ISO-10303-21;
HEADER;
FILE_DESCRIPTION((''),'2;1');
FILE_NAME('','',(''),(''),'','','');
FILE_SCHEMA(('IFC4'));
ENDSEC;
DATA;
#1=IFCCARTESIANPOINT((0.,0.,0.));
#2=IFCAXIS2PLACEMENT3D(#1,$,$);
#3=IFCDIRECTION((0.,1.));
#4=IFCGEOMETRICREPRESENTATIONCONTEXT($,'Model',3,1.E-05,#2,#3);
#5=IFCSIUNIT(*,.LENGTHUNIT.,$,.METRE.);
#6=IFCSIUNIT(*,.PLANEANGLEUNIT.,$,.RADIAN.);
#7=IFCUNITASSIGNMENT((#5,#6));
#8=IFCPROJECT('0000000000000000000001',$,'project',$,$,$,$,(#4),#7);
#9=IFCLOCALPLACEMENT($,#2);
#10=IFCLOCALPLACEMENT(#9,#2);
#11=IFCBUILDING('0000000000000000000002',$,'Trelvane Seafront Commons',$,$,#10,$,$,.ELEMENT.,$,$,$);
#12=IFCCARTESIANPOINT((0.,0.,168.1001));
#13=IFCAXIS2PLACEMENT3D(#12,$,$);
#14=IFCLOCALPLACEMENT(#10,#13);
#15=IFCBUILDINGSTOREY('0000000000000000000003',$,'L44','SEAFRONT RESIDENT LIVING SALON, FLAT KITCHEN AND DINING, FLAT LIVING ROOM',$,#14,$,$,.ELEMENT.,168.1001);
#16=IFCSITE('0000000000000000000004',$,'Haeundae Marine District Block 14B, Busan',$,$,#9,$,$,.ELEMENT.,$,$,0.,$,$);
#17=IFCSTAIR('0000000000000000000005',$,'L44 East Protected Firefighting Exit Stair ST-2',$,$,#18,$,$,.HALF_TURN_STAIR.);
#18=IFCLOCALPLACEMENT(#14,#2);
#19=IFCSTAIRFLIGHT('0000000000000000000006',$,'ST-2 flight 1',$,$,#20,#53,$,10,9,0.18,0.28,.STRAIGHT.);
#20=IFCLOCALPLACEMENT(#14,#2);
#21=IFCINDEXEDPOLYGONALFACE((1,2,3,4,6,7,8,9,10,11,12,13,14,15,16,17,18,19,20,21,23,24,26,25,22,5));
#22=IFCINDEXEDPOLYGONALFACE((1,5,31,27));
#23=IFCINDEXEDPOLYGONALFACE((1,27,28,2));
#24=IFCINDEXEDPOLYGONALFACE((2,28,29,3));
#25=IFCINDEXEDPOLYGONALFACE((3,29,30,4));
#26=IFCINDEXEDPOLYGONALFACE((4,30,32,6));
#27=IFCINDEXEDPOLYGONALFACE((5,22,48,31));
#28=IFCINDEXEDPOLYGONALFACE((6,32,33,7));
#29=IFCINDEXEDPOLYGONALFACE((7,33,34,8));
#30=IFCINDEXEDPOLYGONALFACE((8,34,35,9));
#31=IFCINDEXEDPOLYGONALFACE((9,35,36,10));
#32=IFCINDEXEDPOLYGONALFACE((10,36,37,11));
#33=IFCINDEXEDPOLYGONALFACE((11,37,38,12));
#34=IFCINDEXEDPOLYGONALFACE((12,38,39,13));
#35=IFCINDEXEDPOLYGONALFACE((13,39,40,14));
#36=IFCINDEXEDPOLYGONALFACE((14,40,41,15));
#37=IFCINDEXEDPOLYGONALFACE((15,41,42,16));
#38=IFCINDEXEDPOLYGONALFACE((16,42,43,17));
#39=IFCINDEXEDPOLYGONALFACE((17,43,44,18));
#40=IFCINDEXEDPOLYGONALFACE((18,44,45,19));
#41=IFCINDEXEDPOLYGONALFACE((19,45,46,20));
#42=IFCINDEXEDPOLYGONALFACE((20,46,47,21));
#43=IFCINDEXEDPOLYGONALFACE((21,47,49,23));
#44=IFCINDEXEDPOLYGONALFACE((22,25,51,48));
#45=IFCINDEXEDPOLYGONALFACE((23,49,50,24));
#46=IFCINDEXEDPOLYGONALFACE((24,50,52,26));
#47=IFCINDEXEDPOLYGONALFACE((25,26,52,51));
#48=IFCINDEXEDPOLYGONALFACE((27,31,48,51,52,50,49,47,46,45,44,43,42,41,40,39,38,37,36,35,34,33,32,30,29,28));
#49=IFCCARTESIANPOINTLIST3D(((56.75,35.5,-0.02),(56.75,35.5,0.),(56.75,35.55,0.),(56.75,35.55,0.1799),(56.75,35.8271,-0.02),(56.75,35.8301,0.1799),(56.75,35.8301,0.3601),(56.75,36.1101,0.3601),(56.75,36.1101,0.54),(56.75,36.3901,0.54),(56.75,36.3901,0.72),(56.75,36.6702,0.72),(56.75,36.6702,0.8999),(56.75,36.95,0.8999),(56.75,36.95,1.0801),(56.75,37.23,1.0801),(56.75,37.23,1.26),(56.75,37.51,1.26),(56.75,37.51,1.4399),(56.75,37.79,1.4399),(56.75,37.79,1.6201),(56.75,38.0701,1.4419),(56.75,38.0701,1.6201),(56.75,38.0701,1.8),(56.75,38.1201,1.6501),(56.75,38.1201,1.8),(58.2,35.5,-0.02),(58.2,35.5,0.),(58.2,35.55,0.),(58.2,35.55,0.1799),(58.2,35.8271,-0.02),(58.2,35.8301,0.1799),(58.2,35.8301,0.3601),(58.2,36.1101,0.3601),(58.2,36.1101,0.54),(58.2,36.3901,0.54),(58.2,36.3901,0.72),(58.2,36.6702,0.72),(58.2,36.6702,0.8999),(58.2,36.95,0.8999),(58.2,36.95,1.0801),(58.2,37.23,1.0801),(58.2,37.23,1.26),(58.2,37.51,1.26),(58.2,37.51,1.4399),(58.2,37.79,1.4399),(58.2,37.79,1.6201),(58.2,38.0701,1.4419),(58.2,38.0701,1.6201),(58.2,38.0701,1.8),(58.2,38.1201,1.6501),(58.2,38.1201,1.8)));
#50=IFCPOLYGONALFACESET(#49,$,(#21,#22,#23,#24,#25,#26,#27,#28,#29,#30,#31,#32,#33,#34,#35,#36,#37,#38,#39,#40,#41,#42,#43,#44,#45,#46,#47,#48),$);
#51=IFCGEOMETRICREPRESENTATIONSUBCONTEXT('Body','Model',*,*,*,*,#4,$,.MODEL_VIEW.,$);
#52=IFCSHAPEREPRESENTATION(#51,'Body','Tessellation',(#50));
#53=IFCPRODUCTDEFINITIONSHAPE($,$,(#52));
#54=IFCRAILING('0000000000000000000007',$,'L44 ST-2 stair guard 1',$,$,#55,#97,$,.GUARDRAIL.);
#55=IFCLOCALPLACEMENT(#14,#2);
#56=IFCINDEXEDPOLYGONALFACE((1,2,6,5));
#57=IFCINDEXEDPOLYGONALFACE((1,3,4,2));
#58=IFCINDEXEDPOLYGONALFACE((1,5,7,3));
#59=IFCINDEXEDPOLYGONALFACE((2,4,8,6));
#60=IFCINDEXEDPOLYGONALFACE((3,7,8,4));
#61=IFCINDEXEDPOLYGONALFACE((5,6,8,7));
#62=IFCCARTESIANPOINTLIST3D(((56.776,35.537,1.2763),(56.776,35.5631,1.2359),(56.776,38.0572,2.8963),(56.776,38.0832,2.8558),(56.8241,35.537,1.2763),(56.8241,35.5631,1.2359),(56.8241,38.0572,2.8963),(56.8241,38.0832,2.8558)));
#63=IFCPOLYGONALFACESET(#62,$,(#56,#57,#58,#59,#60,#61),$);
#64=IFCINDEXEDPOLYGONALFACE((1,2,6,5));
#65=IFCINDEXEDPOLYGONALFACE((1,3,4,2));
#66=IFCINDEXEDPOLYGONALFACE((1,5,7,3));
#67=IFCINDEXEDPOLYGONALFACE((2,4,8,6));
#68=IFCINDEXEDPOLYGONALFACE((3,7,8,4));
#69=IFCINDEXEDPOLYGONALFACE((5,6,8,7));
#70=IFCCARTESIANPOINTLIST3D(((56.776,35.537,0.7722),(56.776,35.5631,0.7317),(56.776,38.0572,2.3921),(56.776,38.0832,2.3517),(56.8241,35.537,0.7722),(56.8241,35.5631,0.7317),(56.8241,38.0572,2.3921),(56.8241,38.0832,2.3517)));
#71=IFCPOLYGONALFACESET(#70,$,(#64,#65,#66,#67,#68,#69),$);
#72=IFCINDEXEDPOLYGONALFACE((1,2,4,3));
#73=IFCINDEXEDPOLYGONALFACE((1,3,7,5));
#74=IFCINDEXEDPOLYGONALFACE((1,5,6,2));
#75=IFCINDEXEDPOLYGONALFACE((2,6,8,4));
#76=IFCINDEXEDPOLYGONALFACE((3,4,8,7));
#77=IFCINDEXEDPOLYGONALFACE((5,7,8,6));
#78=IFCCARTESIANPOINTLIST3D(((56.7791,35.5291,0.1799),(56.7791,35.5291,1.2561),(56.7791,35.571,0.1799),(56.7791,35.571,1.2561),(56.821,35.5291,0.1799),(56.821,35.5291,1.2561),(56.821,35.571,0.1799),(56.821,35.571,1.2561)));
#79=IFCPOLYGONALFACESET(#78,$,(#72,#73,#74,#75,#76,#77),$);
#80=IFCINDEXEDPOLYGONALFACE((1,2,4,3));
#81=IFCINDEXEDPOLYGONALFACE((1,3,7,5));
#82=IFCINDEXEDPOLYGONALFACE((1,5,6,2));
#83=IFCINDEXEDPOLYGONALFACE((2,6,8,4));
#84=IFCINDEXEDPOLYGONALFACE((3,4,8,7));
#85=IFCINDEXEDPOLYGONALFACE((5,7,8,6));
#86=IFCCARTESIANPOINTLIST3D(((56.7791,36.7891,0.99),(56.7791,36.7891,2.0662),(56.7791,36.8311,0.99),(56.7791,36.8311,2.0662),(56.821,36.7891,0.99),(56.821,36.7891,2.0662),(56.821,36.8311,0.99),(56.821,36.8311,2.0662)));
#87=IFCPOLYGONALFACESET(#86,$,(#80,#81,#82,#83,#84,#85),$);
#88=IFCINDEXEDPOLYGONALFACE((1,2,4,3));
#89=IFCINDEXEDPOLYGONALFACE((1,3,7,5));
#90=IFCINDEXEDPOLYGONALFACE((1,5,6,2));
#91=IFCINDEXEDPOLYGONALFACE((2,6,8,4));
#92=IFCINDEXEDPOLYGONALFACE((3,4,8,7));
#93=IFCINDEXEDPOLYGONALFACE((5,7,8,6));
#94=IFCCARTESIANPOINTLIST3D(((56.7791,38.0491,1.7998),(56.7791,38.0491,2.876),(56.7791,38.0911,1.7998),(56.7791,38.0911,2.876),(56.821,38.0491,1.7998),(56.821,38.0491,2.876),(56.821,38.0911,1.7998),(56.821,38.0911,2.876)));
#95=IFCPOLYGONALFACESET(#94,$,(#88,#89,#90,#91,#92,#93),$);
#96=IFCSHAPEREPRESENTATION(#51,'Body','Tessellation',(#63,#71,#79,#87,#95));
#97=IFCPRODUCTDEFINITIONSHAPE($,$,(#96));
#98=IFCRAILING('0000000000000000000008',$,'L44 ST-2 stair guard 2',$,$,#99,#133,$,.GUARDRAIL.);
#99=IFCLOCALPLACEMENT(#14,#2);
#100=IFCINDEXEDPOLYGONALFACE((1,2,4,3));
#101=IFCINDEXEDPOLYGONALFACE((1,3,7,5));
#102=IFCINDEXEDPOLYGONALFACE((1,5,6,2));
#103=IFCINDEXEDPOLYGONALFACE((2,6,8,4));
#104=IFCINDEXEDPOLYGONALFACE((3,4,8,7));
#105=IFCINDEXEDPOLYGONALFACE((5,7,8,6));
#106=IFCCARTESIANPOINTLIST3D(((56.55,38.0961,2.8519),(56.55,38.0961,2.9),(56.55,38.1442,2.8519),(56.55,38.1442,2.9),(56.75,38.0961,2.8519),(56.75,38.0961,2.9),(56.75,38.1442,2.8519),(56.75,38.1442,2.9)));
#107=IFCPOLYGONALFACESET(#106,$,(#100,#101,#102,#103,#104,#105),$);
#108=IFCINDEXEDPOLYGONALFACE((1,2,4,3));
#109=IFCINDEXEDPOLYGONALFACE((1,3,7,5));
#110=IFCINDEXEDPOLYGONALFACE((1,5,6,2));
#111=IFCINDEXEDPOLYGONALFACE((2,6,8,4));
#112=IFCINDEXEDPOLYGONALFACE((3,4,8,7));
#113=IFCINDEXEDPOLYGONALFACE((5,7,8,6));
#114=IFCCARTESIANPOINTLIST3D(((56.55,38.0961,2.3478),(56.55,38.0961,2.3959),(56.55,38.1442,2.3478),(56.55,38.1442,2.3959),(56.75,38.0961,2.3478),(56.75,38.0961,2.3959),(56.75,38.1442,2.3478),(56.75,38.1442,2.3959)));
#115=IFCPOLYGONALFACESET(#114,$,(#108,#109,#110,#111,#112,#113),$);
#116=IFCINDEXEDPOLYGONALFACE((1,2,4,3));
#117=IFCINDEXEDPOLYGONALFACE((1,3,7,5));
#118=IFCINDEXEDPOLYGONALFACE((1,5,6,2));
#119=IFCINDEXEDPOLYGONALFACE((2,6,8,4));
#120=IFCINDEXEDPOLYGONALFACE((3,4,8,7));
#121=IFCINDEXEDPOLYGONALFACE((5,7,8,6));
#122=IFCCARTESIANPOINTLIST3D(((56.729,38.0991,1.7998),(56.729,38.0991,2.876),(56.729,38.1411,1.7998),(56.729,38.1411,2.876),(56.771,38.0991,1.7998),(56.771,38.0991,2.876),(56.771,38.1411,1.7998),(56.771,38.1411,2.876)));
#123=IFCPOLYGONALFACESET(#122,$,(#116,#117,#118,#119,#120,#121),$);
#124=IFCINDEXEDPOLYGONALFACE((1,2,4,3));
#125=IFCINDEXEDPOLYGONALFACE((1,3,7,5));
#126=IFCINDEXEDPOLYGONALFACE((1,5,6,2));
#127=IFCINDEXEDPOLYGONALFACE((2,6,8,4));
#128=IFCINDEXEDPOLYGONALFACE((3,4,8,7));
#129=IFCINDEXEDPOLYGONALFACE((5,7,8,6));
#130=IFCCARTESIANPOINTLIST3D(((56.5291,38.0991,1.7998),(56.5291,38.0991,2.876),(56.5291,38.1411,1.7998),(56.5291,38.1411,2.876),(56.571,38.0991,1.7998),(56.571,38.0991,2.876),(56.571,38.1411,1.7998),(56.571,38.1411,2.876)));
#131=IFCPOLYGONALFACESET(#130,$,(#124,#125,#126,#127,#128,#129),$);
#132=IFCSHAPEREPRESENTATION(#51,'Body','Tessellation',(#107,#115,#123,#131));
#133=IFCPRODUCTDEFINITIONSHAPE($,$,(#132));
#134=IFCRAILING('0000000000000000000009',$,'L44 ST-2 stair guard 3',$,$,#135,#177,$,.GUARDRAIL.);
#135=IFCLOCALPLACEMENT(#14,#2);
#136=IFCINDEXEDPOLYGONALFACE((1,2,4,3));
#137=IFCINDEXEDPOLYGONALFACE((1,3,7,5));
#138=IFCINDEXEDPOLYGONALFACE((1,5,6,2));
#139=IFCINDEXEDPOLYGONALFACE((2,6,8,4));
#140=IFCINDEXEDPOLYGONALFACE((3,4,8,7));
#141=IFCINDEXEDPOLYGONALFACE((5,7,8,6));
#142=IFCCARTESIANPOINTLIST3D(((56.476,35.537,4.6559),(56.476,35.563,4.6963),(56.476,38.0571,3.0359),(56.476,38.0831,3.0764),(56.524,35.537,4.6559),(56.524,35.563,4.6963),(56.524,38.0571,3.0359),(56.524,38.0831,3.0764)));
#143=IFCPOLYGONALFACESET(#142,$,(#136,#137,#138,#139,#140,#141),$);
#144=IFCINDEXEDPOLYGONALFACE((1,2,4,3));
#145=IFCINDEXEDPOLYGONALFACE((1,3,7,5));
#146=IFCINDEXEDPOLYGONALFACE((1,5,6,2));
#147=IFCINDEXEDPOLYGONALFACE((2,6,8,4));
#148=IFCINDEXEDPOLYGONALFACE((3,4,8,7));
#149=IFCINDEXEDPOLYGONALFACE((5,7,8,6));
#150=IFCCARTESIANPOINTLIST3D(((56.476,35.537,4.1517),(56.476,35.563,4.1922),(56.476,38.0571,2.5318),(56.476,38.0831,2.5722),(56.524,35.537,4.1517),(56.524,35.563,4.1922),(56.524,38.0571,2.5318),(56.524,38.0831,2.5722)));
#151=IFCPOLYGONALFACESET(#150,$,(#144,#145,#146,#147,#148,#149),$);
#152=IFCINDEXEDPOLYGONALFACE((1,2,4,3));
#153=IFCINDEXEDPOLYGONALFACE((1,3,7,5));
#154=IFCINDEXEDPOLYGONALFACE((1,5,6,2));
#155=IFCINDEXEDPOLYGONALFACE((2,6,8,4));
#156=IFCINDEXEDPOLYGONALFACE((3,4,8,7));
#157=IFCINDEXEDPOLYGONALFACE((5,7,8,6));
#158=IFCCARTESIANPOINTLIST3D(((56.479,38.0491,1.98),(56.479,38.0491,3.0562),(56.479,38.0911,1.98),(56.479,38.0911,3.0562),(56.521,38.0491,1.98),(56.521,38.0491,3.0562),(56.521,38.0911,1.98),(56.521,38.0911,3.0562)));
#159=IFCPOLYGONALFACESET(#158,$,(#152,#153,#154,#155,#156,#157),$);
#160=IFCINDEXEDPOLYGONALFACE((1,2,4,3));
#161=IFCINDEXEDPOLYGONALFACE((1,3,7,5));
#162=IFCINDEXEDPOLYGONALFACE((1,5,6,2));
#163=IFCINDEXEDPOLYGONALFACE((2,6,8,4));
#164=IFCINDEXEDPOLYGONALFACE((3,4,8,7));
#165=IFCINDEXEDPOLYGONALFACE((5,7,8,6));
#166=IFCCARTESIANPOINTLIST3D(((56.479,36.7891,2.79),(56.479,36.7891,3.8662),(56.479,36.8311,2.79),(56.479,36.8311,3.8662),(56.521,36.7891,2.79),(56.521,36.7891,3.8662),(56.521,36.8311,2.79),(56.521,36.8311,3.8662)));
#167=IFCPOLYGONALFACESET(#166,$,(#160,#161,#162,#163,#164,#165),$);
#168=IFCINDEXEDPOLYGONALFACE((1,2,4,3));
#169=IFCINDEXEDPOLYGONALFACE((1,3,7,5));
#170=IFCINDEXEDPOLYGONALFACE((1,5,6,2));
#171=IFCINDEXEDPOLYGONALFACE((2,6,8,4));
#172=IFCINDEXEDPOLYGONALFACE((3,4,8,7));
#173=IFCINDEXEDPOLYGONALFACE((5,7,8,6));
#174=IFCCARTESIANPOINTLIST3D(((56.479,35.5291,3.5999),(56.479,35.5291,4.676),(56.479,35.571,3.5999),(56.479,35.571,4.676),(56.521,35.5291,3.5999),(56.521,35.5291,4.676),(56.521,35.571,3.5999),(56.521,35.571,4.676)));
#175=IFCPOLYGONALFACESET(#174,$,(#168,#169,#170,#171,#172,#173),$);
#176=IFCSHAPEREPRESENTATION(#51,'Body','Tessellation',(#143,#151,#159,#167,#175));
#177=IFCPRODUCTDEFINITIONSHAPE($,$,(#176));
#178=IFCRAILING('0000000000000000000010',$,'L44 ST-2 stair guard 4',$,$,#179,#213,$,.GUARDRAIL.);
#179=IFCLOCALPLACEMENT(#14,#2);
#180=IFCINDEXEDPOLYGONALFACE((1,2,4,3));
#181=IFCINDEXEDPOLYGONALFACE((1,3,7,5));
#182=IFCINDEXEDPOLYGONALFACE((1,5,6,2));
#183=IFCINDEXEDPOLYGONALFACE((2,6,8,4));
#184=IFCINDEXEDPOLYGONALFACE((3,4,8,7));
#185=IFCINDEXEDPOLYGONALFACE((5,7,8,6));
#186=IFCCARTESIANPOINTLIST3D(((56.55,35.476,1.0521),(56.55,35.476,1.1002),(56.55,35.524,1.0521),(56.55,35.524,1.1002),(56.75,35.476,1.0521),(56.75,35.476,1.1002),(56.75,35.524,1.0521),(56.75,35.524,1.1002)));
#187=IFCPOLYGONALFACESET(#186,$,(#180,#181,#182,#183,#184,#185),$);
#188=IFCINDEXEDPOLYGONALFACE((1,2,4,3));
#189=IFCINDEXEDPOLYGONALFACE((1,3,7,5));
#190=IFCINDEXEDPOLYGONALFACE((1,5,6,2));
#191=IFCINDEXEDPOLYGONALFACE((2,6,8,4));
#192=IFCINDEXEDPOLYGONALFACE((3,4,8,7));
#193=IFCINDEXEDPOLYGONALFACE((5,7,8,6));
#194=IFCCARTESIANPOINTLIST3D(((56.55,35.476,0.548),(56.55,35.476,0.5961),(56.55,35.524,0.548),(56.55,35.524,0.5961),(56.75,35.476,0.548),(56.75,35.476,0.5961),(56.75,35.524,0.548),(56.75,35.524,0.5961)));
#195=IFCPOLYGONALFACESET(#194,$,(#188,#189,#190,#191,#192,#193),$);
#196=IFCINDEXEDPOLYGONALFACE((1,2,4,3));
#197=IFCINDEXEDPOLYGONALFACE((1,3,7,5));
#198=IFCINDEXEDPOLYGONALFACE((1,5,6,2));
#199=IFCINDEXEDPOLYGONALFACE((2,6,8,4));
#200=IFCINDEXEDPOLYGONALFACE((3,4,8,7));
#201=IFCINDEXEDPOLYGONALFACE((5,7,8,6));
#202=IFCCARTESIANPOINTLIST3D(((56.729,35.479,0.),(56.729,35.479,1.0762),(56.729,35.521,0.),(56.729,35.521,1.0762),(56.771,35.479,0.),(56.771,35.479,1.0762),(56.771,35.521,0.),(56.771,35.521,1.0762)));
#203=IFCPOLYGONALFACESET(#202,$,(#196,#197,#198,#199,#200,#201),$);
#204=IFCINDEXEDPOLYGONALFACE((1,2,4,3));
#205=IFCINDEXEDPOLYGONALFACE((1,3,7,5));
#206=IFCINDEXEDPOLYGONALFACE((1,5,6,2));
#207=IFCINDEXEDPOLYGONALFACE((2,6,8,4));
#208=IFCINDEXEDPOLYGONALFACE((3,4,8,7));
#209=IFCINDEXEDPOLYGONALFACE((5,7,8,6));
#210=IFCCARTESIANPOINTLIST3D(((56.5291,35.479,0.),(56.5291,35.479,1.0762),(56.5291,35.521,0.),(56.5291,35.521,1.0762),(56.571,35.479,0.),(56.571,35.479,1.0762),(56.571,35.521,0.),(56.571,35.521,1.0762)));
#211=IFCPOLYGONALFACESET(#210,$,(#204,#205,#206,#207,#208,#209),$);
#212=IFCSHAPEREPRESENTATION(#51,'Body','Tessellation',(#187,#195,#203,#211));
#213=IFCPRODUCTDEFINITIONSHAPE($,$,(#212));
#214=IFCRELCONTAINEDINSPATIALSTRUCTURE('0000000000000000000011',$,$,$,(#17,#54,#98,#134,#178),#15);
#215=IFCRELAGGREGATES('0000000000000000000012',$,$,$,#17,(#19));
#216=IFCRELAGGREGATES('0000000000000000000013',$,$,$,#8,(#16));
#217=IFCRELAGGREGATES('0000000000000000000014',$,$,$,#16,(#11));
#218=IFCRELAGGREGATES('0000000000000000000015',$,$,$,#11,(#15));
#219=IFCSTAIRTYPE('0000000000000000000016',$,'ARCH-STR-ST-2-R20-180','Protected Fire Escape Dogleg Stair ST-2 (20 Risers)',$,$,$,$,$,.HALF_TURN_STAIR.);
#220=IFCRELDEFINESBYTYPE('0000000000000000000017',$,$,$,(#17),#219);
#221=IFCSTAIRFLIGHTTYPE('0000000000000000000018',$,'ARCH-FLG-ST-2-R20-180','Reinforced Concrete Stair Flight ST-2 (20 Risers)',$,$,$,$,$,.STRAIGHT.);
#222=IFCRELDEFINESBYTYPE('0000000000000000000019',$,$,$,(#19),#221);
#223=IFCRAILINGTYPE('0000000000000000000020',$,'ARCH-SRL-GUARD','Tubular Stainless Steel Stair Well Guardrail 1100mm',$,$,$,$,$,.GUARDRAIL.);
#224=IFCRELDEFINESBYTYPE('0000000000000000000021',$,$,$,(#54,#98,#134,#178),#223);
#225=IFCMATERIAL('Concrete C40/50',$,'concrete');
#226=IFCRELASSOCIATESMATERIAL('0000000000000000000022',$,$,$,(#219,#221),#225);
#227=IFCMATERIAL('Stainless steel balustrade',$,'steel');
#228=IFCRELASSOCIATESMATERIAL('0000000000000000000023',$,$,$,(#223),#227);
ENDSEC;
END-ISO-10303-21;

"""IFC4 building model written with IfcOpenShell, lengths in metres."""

from ifc_helpers import new_model, si_unit, direction, frame, origin, origin_2d, place, context, subcontext, project, spatial, polyline, rectangle, outline, extrude, source, transform, mapped, material, type_object, element, aggregate, save


model = new_model("IFC4")

# Units and contexts
model_context = context("Model", 3, precision=1e-05, world=origin(), true_north=direction((0.0, 1.0)))
body_context = subcontext(model_context, "Body", "Model", "MODEL_VIEW")
ifc_project = project(units=[si_unit("LENGTHUNIT", "METRE"), si_unit("PLANEANGLEUNIT", "RADIAN")], contexts=[model_context])

# Site, building, storey
site_placement = place(None, origin())
site = spatial("IfcSite", under=ifc_project, at=site_placement, Name="Haeundae Marine District Block 14B, Busan", CompositionType="ELEMENT", RefElevation=0.0)
building_placement = place(site_placement, origin())
building = spatial("IfcBuilding", under=site, at=building_placement, Name="Trelvane Seafront Commons", CompositionType="ELEMENT")
storey_placement = place(building_placement, frame((0.0, 0.0, 168.1001)))
storey = spatial("IfcBuildingStorey", under=building, at=storey_placement, Name="L44", Description="SEAFRONT RESIDENT LIVING SALON, FLAT KITCHEN AND DINING, FLAT LIVING ROOM", CompositionType="ELEMENT", Elevation=168.1001)

# Stair, stair flight
ifc_material_1 = material(Name="Concrete C40/50", Category="concrete")
stair_type = type_object("IfcStairType", Name="ARCH-STR-ST-2-R20-180", Description="Protected Fire Escape Dogleg Stair ST-2 (20 Risers)", PredefinedType="HALF_TURN_STAIR", material=ifc_material_1)
stair_placement = place(storey_placement, origin())
stair = element("IfcStair", 1, at=stair_placement, inside=storey, type_object=stair_type, Name="L44 East Protected Firefighting Exit Stair ST-2", PredefinedType="HALF_TURN_STAIR")
stair_flight_type = type_object("IfcStairFlightType", Name="ARCH-FLG-ST-2-R20-180", Description="Reinforced Concrete Stair Flight ST-2 (20 Risers)", PredefinedType="STRAIGHT", material=ifc_material_1)
shared_shape_1 = source(origin(), body_context, "Body", "SweptSolid", [
    extrude(outline(polyline([(-0.05, -0.02), (-0.05, 0.0), (0.0, 0.0), (0.0, 0.1799), (0.28, 0.1799), (0.28, 0.3601), (0.5601, 0.3601), (0.5601, 0.54), (0.8401, 0.54), (0.8401, 0.72), (1.1201, 0.72), (1.1201, 0.8999), (1.3999, 0.8999), (1.3999, 1.0801), (1.6799, 1.0801), (1.6799, 1.26), (1.96, 1.26), (1.96, 1.4399), (2.24, 1.4399), (2.24, 1.6201), (2.52, 1.6201), (2.52, 1.8), (2.5701, 1.8), (2.5701, 1.6501), (2.52, 1.4419), (0.2771, -0.02), (-0.05, -0.02)])), frame((0.0, 0.7251, 0.0), z_axis=(0.0, -1.0, 0.0), x_axis=(1.0, 0.0, 0.0)), (0.0, 0.0, 1.0), 1.45),
])
stair_flight_placement = place(storey_placement, frame((57.4751, 35.55, 0.0), z_axis=(0.0, 0.0, 1.0), x_axis=(0.0, 1.0, 0.0)))
stair_flight = element("IfcStairFlight", 2, at=stair_flight_placement, type_object=stair_flight_type, Name="ST-2 flight 1", NumberOfRisers=10, NumberOfTreads=9, PredefinedType="STRAIGHT", RiserHeight=0.18, TreadLength=0.28, context=body_context, shape_type="MappedRepresentation", body=[
    mapped(shared_shape_1, transform((0.0, 0.0, 0.0), x_axis=(1.0, 0.0, 0.0), y_axis=(0.0, 1.0, 0.0), z_axis=(0.0, 0.0, 1.0), scale=1.0)),
])
aggregate(stair, [stair_flight])

# Railings
ifc_material_2 = material(Name="Stainless steel balustrade", Category="steel")
railing_type_1 = type_object("IfcRailingType", Name="ARCH-SRL-GUARD", Description="Tubular Stainless Steel Stair Well Guardrail 1100mm", PredefinedType="GUARDRAIL", material=ifc_material_2)
railing_1_placement = place(storey_placement, frame((56.8, 35.55, 0.1799)))
element("IfcRailing", 3, at=railing_1_placement, inside=storey, type_object=railing_type_1, Name="L44 ST-2 stair guard 1", PredefinedType="GUARDRAIL", context=body_context, shape_type="SweptSolid", body=[
    extrude(rectangle(XDim=0.0481, YDim=0.0481, at=origin_2d()), frame((0.0, 0.0, 1.0762), z_axis=(0.0, 0.8412, 0.540725), x_axis=(-1.0, 0.0, 0.0)), (0.0, 0.0, 1.0), 2.9958),
    extrude(rectangle(XDim=0.0481, YDim=0.0481, at=origin_2d()), frame((0.0, 0.0, 0.572), z_axis=(0.0, 0.8412, 0.540725), x_axis=(-1.0, 0.0, 0.0)), (0.0, 0.0, 1.0), 2.9958),
    extrude(rectangle(XDim=0.042, YDim=0.042, at=origin_2d()), origin(), (0.0, 0.0, 1.0), 1.0762),
    extrude(rectangle(XDim=0.042, YDim=0.042, at=origin_2d()), frame((0.0, 1.26, 0.8101)), (0.0, 0.0, 1.0), 1.0762),
    extrude(rectangle(XDim=0.042, YDim=0.042, at=origin_2d()), frame((0.0, 2.52, 1.6199)), (0.0, 0.0, 1.0), 1.0762),
])
railing_2_placement = place(storey_placement, frame((56.75, 38.1201, 1.7998)))
element("IfcRailing", 4, at=railing_2_placement, inside=storey, type_object=railing_type_1, Name="L44 ST-2 stair guard 2", PredefinedType="GUARDRAIL", context=body_context, shape_type="SweptSolid", body=[
    extrude(rectangle(XDim=0.0481, YDim=0.0481, at=origin_2d()), frame((0.0, 0.0, 1.0762), z_axis=(-1.0, 0.0, 0.0), x_axis=(0.0, -1.0, 0.0)), (0.0, 0.0, 1.0), 0.2),
    extrude(rectangle(XDim=0.0481, YDim=0.0481, at=origin_2d()), frame((0.0, 0.0, 0.572), z_axis=(-1.0, 0.0, 0.0), x_axis=(0.0, -1.0, 0.0)), (0.0, 0.0, 1.0), 0.2),
    extrude(rectangle(XDim=0.042, YDim=0.042, at=origin_2d()), origin(), (0.0, 0.0, 1.0), 1.0762),
    extrude(rectangle(XDim=0.042, YDim=0.042, at=origin_2d()), frame((-0.2, 0.0, 0.0)), (0.0, 0.0, 1.0), 1.0762),
])
railing_3_placement = place(storey_placement, frame((56.5, 38.0701, 1.98)))
element("IfcRailing", 5, at=railing_3_placement, inside=storey, type_object=railing_type_1, Name="L44 ST-2 stair guard 3", PredefinedType="GUARDRAIL", context=body_context, shape_type="SweptSolid", body=[
    extrude(rectangle(XDim=0.0481, YDim=0.0481, at=origin_2d()), frame((0.0, 0.0, 1.0762), z_axis=(0.0, -0.8412, 0.540725), x_axis=(1.0, 0.0, 0.0)), (0.0, 0.0, 1.0), 2.9958),
    extrude(rectangle(XDim=0.0481, YDim=0.0481, at=origin_2d()), frame((0.0, 0.0, 0.572), z_axis=(0.0, -0.8412, 0.540725), x_axis=(1.0, 0.0, 0.0)), (0.0, 0.0, 1.0), 2.9958),
    extrude(rectangle(XDim=0.042, YDim=0.042, at=origin_2d()), origin(), (0.0, 0.0, 1.0), 1.0762),
    extrude(rectangle(XDim=0.042, YDim=0.042, at=origin_2d()), frame((0.0, -1.26, 0.8101)), (0.0, 0.0, 1.0), 1.0762),
    extrude(rectangle(XDim=0.042, YDim=0.042, at=origin_2d()), frame((0.0, -2.52, 1.6199)), (0.0, 0.0, 1.0), 1.0762),
])
railing_4_placement = place(storey_placement, frame((56.75, 35.5, 0.0)))
element("IfcRailing", 6, at=railing_4_placement, inside=storey, type_object=railing_type_1, Name="L44 ST-2 stair guard 4", PredefinedType="GUARDRAIL", context=body_context, shape_type="SweptSolid", body=[
    extrude(rectangle(XDim=0.0481, YDim=0.0481, at=origin_2d()), frame((0.0, 0.0, 1.0762), z_axis=(-1.0, 0.0, 0.0), x_axis=(0.0, -1.0, 0.0)), (0.0, 0.0, 1.0), 0.2),
    extrude(rectangle(XDim=0.0481, YDim=0.0481, at=origin_2d()), frame((0.0, 0.0, 0.572), z_axis=(-1.0, 0.0, 0.0), x_axis=(0.0, -1.0, 0.0)), (0.0, 0.0, 1.0), 0.2),
    extrude(rectangle(XDim=0.042, YDim=0.042, at=origin_2d()), origin(), (0.0, 0.0, 1.0), 1.0762),
    extrude(rectangle(XDim=0.042, YDim=0.042, at=origin_2d()), frame((-0.2, 0.0, 0.0)), (0.0, 0.0, 1.0), 1.0762),
])

save(model, "model.ifc")
